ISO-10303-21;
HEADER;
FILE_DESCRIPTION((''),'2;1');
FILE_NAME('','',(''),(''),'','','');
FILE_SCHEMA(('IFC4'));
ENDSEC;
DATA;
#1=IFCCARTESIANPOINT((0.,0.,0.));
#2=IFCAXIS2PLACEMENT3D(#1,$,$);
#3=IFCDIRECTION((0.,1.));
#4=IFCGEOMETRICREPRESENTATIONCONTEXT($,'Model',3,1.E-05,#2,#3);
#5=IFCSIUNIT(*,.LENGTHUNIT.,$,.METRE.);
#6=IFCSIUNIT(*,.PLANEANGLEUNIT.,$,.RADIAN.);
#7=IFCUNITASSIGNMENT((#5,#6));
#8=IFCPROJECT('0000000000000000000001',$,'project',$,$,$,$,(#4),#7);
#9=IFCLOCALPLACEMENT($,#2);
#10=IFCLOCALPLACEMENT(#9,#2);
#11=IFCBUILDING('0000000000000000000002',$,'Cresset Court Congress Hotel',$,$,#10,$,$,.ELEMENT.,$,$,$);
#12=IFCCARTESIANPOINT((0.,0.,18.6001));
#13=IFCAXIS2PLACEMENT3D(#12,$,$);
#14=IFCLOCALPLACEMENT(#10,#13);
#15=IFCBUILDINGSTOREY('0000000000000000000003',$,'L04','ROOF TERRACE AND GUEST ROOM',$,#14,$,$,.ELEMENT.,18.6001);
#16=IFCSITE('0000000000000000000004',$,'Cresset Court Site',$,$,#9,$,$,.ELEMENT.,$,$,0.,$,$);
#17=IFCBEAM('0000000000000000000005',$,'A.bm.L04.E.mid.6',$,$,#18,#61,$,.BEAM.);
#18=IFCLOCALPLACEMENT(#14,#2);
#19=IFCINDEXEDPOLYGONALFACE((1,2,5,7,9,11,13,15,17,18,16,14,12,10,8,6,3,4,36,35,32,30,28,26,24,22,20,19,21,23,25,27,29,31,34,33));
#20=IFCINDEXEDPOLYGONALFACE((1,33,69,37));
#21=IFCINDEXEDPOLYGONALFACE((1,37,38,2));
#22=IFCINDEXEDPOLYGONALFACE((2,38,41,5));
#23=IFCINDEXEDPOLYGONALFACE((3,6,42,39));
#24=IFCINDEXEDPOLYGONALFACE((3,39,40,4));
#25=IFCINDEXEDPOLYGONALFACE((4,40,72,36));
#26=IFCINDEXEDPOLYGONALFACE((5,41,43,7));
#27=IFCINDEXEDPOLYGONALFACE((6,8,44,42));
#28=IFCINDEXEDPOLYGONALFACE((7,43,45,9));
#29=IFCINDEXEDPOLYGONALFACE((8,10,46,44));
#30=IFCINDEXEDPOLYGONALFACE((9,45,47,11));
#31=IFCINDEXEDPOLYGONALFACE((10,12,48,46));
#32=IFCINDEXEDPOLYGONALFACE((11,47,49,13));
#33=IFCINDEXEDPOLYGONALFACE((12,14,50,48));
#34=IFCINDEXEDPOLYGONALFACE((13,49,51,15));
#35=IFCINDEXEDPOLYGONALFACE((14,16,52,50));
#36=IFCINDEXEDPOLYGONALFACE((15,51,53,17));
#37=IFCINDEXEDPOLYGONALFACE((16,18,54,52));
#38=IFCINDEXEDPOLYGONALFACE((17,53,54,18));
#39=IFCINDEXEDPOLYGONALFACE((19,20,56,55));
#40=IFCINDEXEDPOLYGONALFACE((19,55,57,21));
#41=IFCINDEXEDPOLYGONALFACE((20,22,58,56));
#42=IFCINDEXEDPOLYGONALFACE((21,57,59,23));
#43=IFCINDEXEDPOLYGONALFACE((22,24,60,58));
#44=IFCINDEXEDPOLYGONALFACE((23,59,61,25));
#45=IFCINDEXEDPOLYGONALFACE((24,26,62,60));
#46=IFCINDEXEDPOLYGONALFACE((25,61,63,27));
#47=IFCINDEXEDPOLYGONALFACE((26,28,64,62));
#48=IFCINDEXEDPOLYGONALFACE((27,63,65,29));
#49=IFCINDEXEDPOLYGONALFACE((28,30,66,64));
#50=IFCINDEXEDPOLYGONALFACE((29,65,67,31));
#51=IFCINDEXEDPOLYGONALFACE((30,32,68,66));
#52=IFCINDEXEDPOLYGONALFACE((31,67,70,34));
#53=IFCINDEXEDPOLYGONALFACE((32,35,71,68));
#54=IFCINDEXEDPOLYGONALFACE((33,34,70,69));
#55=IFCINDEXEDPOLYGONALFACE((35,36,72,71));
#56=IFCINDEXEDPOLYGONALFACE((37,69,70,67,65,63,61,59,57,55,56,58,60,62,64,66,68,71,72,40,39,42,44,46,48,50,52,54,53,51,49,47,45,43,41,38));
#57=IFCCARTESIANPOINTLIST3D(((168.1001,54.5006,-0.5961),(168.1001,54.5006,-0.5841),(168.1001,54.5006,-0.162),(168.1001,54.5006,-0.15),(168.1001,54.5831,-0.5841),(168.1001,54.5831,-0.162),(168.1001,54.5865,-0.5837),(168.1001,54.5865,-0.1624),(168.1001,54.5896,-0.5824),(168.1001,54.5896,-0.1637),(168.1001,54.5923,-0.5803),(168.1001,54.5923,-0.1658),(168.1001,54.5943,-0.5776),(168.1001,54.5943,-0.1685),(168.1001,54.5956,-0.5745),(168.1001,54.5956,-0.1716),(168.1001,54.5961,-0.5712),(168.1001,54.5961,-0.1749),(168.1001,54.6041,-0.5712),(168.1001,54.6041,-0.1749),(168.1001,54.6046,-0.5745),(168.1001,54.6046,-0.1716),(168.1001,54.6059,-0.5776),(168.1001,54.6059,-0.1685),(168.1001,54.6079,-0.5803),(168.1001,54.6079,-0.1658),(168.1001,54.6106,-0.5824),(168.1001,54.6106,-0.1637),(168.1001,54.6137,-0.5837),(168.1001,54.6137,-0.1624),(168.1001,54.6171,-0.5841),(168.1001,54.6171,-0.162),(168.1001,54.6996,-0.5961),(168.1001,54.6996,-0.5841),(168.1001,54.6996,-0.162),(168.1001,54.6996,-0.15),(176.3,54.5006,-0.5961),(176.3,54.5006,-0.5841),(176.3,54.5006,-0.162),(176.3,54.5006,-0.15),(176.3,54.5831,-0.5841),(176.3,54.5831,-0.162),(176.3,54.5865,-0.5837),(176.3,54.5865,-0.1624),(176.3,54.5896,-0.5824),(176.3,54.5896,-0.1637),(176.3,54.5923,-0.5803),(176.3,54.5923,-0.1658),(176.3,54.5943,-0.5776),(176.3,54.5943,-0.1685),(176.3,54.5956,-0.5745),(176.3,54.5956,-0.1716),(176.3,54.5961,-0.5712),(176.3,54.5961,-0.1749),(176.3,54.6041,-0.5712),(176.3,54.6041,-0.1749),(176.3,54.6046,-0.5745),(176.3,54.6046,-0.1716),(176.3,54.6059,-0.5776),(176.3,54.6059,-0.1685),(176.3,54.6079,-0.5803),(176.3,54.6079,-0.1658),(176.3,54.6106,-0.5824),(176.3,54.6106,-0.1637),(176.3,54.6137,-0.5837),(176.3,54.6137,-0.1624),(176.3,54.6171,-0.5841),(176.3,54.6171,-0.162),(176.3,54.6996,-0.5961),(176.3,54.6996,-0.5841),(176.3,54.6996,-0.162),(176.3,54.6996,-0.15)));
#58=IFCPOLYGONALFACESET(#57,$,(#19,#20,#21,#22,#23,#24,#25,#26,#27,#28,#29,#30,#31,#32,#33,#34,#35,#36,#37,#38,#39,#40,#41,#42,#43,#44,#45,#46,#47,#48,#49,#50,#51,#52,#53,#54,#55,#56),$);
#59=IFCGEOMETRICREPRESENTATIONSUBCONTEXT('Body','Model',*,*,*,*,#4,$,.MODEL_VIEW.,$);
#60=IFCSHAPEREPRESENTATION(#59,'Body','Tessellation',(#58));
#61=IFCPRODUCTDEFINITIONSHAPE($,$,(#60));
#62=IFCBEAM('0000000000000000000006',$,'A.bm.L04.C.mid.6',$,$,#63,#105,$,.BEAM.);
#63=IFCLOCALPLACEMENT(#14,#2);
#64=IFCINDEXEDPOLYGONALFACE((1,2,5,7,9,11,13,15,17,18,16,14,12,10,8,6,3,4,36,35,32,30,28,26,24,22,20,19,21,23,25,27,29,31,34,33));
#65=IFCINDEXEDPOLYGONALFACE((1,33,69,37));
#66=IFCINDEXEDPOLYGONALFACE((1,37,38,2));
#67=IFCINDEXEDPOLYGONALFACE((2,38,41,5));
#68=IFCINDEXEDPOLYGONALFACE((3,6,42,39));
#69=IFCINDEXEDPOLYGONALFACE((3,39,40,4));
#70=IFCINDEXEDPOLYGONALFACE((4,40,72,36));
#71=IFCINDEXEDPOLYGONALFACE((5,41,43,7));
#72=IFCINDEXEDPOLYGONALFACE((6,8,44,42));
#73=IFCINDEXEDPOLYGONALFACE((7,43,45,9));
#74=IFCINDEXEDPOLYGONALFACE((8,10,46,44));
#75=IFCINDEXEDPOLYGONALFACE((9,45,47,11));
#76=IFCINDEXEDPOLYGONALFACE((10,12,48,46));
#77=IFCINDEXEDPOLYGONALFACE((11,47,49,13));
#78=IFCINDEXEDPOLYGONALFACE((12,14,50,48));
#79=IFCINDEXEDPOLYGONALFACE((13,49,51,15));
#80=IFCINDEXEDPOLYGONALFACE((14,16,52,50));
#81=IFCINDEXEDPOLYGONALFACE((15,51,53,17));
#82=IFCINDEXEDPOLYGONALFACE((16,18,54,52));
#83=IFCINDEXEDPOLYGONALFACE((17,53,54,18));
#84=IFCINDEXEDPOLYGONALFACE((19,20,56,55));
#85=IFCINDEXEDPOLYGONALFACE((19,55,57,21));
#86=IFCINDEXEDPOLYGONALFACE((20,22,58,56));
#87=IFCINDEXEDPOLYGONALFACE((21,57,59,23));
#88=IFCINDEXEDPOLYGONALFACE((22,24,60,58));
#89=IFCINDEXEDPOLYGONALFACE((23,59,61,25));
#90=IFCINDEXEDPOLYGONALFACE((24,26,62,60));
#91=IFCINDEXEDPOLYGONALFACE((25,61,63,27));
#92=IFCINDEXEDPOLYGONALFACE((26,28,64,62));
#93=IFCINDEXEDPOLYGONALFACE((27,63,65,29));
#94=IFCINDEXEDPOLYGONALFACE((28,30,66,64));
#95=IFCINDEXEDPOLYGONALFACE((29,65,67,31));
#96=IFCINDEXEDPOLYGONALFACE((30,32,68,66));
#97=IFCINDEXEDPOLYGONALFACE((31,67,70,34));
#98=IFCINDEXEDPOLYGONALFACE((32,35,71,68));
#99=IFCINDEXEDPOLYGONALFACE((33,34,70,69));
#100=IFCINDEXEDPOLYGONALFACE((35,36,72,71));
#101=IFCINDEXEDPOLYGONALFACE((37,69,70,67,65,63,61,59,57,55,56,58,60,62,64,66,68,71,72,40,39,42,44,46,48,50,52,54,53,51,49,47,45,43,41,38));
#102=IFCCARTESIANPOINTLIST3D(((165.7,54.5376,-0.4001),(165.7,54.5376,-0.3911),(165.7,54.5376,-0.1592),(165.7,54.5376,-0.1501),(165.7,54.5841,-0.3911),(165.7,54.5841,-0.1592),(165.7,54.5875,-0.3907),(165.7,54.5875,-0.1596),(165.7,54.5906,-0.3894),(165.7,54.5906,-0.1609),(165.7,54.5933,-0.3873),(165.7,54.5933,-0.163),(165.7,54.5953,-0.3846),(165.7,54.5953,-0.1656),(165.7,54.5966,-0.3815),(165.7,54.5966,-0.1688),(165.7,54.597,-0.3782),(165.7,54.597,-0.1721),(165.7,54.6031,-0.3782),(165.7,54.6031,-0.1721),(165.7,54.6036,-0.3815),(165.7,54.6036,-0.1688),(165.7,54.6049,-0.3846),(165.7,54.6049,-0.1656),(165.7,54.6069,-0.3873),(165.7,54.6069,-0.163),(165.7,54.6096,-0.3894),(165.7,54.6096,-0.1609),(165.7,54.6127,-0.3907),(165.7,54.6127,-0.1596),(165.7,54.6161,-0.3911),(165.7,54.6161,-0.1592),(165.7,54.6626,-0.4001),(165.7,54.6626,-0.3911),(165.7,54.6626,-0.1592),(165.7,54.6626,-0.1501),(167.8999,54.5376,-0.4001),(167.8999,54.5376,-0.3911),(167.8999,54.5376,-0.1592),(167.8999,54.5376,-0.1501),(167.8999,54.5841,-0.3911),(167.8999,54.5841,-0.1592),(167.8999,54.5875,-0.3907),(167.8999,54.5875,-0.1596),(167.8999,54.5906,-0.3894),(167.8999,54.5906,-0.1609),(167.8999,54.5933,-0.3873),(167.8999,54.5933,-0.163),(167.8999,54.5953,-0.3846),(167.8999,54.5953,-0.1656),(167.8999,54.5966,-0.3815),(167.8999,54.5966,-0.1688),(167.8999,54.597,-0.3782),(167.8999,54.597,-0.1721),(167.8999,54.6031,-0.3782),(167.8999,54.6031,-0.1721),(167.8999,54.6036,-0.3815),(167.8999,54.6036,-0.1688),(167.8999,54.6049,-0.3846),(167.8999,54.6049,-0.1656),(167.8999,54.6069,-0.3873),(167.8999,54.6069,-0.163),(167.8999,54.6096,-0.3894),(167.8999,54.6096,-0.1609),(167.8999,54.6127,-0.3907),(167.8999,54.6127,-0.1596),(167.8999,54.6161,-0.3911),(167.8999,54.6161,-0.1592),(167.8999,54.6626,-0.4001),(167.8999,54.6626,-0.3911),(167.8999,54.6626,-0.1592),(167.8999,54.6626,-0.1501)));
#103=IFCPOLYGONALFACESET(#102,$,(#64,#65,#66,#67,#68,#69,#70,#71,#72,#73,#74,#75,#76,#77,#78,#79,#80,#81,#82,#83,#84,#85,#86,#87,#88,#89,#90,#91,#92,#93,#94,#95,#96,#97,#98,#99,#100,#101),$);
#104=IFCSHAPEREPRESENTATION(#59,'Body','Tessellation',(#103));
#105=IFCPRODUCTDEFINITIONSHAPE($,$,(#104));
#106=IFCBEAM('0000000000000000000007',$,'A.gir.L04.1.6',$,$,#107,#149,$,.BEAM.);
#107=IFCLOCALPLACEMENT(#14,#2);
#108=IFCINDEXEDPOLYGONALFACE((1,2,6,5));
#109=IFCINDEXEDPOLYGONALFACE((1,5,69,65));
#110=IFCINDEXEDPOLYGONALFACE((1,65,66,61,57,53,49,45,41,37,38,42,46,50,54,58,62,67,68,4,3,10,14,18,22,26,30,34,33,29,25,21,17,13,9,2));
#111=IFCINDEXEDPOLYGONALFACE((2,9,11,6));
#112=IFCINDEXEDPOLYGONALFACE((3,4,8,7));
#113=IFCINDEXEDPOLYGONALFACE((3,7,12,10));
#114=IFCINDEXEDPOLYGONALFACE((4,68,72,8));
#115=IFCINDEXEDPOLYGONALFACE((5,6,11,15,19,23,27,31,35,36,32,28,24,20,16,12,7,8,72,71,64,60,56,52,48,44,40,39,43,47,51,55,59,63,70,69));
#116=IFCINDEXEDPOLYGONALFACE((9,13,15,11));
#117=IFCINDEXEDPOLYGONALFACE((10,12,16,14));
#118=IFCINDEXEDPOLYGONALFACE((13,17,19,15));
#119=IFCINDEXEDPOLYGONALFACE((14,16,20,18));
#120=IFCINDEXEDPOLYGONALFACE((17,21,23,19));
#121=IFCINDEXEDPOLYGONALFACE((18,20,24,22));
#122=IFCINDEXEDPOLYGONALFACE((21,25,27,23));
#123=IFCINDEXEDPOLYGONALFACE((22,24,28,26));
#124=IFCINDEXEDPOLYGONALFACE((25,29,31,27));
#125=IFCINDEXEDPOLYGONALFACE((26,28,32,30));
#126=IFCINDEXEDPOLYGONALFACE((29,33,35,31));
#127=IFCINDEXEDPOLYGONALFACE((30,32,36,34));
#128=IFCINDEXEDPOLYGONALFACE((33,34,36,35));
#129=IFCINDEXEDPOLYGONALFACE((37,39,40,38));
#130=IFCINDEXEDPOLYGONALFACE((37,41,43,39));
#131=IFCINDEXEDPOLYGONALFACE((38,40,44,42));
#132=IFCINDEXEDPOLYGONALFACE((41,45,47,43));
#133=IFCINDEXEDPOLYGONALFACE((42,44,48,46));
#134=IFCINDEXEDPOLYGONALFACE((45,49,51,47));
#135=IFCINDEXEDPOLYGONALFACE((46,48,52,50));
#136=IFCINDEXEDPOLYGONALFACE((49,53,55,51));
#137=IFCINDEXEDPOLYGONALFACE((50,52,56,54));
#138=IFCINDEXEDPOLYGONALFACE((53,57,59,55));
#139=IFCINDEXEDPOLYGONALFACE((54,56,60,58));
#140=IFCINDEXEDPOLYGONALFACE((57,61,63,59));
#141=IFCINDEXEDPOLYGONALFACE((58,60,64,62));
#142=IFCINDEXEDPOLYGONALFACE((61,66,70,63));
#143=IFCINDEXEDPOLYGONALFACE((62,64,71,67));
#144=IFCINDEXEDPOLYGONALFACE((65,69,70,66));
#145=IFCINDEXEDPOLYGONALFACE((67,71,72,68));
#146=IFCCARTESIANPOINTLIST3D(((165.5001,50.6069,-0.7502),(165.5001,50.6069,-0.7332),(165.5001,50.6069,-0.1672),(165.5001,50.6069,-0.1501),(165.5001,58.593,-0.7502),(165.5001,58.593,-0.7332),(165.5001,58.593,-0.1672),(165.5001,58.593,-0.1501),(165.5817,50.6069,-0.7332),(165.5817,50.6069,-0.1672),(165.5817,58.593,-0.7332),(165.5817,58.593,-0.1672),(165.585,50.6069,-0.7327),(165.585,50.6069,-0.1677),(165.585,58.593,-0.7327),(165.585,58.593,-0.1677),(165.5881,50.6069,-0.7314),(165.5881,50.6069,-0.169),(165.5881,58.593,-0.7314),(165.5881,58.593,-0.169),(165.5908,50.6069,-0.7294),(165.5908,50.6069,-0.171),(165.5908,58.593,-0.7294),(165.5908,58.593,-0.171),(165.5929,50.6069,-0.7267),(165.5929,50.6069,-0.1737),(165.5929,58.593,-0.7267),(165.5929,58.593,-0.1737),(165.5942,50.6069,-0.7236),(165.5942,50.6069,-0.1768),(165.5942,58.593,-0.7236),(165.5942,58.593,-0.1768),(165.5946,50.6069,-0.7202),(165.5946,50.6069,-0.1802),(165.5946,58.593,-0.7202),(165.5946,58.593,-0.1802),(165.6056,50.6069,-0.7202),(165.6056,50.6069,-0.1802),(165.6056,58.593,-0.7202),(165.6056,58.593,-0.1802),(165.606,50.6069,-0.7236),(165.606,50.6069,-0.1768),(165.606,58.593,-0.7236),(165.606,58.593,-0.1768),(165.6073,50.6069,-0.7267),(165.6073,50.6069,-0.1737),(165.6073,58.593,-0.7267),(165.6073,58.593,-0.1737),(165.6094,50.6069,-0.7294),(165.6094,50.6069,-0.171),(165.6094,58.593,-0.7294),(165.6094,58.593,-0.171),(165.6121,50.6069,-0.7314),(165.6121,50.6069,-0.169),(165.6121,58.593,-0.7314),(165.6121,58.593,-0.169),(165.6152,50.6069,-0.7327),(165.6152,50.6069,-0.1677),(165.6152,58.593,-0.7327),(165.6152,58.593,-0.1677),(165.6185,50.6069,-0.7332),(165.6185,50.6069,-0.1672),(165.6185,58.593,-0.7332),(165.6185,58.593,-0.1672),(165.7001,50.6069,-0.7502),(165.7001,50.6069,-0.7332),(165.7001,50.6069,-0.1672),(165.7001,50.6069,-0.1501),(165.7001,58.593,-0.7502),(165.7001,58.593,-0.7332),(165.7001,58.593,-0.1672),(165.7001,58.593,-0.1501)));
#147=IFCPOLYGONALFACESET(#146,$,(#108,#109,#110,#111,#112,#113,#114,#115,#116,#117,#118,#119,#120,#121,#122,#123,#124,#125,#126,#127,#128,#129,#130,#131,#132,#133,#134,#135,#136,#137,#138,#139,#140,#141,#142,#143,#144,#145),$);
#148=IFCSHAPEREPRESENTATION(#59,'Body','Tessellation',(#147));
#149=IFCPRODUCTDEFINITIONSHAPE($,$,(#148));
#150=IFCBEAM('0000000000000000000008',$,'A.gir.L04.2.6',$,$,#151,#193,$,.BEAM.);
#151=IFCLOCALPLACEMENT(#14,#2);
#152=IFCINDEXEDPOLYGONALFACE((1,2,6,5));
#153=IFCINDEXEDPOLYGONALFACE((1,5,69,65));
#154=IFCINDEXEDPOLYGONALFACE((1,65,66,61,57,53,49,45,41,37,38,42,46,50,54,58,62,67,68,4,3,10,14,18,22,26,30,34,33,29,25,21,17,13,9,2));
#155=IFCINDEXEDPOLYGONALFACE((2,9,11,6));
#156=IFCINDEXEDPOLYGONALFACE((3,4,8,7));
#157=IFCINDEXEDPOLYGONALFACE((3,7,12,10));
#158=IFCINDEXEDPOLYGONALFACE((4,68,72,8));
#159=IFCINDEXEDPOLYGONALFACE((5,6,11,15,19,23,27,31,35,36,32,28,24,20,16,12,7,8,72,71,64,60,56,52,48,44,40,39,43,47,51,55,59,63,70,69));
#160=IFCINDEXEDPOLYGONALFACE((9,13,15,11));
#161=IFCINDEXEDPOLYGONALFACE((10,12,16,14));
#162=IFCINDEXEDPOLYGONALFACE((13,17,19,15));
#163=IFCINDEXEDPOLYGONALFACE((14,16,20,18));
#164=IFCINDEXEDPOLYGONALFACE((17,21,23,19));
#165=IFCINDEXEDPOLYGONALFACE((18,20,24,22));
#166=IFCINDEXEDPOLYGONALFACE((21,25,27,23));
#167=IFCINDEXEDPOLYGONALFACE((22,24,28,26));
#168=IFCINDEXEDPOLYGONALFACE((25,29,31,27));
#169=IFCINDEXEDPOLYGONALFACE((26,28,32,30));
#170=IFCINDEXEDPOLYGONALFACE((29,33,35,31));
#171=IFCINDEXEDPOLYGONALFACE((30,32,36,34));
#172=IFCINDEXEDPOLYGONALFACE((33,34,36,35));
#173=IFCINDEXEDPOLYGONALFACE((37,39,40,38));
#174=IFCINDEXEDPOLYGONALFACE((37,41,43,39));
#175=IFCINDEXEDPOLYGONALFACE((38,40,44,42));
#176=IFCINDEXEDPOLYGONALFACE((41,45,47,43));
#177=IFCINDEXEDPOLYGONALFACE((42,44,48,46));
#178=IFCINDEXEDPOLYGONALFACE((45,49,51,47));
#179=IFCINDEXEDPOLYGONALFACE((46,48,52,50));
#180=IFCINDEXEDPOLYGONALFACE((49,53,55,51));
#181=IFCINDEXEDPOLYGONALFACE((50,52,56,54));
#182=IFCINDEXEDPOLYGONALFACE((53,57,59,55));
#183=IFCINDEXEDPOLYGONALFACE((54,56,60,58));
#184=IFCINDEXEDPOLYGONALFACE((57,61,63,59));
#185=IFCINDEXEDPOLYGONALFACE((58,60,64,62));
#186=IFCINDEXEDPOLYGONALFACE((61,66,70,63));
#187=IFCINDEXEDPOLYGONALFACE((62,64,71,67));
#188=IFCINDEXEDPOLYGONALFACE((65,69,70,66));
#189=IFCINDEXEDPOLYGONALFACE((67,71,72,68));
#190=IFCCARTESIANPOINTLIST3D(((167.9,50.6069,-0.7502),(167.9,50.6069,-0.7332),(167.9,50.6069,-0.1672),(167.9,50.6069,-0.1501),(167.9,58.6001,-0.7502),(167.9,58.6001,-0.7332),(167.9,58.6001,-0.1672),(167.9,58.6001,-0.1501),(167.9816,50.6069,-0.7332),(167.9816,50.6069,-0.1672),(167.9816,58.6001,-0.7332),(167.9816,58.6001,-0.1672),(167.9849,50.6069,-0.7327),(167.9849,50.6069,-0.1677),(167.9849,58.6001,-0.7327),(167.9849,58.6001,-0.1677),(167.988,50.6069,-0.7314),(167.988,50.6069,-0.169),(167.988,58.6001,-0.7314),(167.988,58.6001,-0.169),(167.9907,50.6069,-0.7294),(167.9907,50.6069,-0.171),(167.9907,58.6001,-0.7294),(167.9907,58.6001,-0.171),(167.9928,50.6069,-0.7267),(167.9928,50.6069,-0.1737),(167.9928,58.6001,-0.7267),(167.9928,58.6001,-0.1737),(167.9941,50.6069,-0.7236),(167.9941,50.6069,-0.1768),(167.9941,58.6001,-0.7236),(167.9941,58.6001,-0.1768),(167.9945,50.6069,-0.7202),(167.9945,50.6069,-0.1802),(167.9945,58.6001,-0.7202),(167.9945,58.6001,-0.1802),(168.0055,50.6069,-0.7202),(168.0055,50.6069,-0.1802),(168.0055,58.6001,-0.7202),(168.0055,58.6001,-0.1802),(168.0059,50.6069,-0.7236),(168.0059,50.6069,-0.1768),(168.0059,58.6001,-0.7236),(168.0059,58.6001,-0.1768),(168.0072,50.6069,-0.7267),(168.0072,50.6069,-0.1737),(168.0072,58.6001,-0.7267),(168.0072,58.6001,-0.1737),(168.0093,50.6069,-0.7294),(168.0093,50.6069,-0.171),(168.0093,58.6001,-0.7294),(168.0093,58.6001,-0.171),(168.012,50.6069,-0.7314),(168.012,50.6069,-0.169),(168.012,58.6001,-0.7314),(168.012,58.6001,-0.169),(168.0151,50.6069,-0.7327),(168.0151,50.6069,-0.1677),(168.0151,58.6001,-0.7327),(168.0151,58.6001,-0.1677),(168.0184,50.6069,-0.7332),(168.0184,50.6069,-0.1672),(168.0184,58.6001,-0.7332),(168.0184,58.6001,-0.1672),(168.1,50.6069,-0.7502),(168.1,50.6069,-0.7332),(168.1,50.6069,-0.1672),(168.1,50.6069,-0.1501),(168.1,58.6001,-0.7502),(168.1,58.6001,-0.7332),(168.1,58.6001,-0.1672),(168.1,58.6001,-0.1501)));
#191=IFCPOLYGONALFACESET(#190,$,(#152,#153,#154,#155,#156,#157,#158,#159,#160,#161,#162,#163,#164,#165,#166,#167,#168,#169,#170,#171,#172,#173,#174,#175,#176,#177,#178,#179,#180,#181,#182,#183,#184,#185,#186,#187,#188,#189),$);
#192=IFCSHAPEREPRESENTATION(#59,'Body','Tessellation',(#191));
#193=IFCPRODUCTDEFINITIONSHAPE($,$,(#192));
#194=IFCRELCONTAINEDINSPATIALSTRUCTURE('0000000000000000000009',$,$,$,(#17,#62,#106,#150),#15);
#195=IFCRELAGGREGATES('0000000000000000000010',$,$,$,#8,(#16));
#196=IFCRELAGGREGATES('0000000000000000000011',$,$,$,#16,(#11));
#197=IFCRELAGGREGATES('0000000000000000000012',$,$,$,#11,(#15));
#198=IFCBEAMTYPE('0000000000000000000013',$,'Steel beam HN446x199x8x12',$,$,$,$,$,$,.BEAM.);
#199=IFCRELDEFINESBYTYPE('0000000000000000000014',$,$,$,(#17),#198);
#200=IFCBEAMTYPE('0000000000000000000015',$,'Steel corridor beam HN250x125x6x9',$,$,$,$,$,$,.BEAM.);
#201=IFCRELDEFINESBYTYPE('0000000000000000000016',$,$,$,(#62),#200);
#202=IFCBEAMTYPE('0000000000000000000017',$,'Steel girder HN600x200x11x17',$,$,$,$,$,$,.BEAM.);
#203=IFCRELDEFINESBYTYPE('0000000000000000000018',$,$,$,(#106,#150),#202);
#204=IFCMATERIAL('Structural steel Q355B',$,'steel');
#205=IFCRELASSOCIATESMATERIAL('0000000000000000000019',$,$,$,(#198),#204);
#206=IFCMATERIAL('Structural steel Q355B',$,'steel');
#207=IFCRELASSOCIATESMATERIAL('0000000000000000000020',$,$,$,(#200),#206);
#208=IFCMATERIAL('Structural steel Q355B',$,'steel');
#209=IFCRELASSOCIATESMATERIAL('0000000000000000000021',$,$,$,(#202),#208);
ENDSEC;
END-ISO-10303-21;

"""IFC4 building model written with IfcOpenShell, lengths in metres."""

from ifc_helpers import new_model, si_unit, direction, frame, origin, origin_2d, place, context, subcontext, project, spatial, i_section, extrude, material, material_profile, profile_set, type_object, element, save


model = new_model("IFC4")

# Units and contexts
model_context = context("Model", 3, precision=1e-05, world=origin(), true_north=direction((0.0, 1.0)))
body_context = subcontext(model_context, "Body", "Model", "MODEL_VIEW")
ifc_project = project(units=[si_unit("LENGTHUNIT", "METRE"), si_unit("PLANEANGLEUNIT", "RADIAN")], contexts=[model_context])

# Site, building, storey
site_placement = place(None, origin())
site = spatial("IfcSite", under=ifc_project, at=site_placement, Name="Cresset Court Site", CompositionType="ELEMENT", RefElevation=0.0)
building_placement = place(site_placement, origin())
building = spatial("IfcBuilding", under=site, at=building_placement, Name="Cresset Court Congress Hotel", CompositionType="ELEMENT")
storey_placement = place(building_placement, frame((0.0, 0.0, 18.6001)))
storey = spatial("IfcBuildingStorey", under=building, at=storey_placement, Name="L04", Description="ROOF TERRACE AND GUEST ROOM", CompositionType="ELEMENT", Elevation=18.6001)

# Beams
ifc_material_1 = material(Name="Structural steel Q355B", Category="steel")
ifc_material_profile_1 = material_profile(ifc_material_1, i_section(OverallWidth=0.199, OverallDepth=0.446, WebThickness=0.0081, FlangeThickness=0.012, FilletRadius=0.0129, at=origin_2d()), Name="HN446x199x8x12")
ifc_profile_set_1 = profile_set([ifc_material_profile_1], Name="Structural steel Q355B")
beam_type_1 = type_object("IfcBeamType", Name="Steel beam HN446x199x8x12", PredefinedType="BEAM", material=ifc_profile_set_1)
beam_1_placement = place(storey_placement, frame((168.1001, 54.6001, -0.373), z_axis=(1.0, 0.0, 0.0), x_axis=(0.0, 1.0, 0.0)))
element("IfcBeam", 1, at=beam_1_placement, inside=storey, type_object=beam_type_1, Name="A.bm.L04.E.mid.6", PredefinedType="BEAM", context=body_context, shape_type="SweptSolid", body=[
    extrude(i_section(OverallWidth=0.199, OverallDepth=0.446, WebThickness=0.0081, FlangeThickness=0.012, FilletRadius=0.0129, at=origin_2d()), origin(), (0.0, 0.0, 1.0), 8.2),
])
ifc_material_2 = material(Name="Structural steel Q355B", Category="steel")
ifc_material_profile_2 = material_profile(ifc_material_2, i_section(OverallWidth=0.125, OverallDepth=0.25, WebThickness=0.0061, FlangeThickness=0.009, FilletRadius=0.0129, at=origin_2d()), Name="HN250x125x6x9")
ifc_profile_set_2 = profile_set([ifc_material_profile_2], Name="Structural steel Q355B")
beam_type_2 = type_object("IfcBeamType", Name="Steel corridor beam HN250x125x6x9", PredefinedType="BEAM", material=ifc_profile_set_2)
beam_2_placement = place(storey_placement, frame((165.7, 54.6001, -0.2751), z_axis=(1.0, 0.0, 0.0), x_axis=(0.0, 1.0, 0.0)))
element("IfcBeam", 2, at=beam_2_placement, inside=storey, type_object=beam_type_2, Name="A.bm.L04.C.mid.6", PredefinedType="BEAM", context=body_context, shape_type="SweptSolid", body=[
    extrude(i_section(OverallWidth=0.125, OverallDepth=0.25, WebThickness=0.0061, FlangeThickness=0.009, FilletRadius=0.0129, at=origin_2d()), origin(), (0.0, 0.0, 1.0), 2.2),
])
ifc_material_3 = material(Name="Structural steel Q355B", Category="steel")
ifc_material_profile_3 = material_profile(ifc_material_3, i_section(OverallWidth=0.2, OverallDepth=0.6001, WebThickness=0.011, FlangeThickness=0.0171, FilletRadius=0.0129, at=origin_2d()), Name="HN600x200x11x17")
ifc_profile_set_3 = profile_set([ifc_material_profile_3], Name="Structural steel Q355B")
beam_type_3 = type_object("IfcBeamType", Name="Steel girder HN600x200x11x17", PredefinedType="BEAM", material=ifc_profile_set_3)
beam_3_placement = place(storey_placement, frame((165.6001, 50.6069, -0.4502), z_axis=(0.0, 1.0, 0.0), x_axis=(-1.0, 0.0, 0.0)))
element("IfcBeam", 3, at=beam_3_placement, inside=storey, type_object=beam_type_3, Name="A.gir.L04.1.6", PredefinedType="BEAM", context=body_context, shape_type="SweptSolid", body=[
    extrude(i_section(OverallWidth=0.2, OverallDepth=0.6001, WebThickness=0.011, FlangeThickness=0.0171, FilletRadius=0.0129, at=origin_2d()), origin(), (0.0, 0.0, 1.0), 7.9861),
])
beam_4_placement = place(storey_placement, frame((168.0, 50.6069, -0.4502), z_axis=(0.0, 1.0, 0.0), x_axis=(-1.0, 0.0, 0.0)))
element("IfcBeam", 4, at=beam_4_placement, inside=storey, type_object=beam_type_3, Name="A.gir.L04.2.6", PredefinedType="BEAM", context=body_context, shape_type="SweptSolid", body=[
    extrude(i_section(OverallWidth=0.2, OverallDepth=0.6001, WebThickness=0.011, FlangeThickness=0.0171, FilletRadius=0.0129, at=origin_2d()), origin(), (0.0, 0.0, 1.0), 7.9932),
])

save(model, "model.ifc")
